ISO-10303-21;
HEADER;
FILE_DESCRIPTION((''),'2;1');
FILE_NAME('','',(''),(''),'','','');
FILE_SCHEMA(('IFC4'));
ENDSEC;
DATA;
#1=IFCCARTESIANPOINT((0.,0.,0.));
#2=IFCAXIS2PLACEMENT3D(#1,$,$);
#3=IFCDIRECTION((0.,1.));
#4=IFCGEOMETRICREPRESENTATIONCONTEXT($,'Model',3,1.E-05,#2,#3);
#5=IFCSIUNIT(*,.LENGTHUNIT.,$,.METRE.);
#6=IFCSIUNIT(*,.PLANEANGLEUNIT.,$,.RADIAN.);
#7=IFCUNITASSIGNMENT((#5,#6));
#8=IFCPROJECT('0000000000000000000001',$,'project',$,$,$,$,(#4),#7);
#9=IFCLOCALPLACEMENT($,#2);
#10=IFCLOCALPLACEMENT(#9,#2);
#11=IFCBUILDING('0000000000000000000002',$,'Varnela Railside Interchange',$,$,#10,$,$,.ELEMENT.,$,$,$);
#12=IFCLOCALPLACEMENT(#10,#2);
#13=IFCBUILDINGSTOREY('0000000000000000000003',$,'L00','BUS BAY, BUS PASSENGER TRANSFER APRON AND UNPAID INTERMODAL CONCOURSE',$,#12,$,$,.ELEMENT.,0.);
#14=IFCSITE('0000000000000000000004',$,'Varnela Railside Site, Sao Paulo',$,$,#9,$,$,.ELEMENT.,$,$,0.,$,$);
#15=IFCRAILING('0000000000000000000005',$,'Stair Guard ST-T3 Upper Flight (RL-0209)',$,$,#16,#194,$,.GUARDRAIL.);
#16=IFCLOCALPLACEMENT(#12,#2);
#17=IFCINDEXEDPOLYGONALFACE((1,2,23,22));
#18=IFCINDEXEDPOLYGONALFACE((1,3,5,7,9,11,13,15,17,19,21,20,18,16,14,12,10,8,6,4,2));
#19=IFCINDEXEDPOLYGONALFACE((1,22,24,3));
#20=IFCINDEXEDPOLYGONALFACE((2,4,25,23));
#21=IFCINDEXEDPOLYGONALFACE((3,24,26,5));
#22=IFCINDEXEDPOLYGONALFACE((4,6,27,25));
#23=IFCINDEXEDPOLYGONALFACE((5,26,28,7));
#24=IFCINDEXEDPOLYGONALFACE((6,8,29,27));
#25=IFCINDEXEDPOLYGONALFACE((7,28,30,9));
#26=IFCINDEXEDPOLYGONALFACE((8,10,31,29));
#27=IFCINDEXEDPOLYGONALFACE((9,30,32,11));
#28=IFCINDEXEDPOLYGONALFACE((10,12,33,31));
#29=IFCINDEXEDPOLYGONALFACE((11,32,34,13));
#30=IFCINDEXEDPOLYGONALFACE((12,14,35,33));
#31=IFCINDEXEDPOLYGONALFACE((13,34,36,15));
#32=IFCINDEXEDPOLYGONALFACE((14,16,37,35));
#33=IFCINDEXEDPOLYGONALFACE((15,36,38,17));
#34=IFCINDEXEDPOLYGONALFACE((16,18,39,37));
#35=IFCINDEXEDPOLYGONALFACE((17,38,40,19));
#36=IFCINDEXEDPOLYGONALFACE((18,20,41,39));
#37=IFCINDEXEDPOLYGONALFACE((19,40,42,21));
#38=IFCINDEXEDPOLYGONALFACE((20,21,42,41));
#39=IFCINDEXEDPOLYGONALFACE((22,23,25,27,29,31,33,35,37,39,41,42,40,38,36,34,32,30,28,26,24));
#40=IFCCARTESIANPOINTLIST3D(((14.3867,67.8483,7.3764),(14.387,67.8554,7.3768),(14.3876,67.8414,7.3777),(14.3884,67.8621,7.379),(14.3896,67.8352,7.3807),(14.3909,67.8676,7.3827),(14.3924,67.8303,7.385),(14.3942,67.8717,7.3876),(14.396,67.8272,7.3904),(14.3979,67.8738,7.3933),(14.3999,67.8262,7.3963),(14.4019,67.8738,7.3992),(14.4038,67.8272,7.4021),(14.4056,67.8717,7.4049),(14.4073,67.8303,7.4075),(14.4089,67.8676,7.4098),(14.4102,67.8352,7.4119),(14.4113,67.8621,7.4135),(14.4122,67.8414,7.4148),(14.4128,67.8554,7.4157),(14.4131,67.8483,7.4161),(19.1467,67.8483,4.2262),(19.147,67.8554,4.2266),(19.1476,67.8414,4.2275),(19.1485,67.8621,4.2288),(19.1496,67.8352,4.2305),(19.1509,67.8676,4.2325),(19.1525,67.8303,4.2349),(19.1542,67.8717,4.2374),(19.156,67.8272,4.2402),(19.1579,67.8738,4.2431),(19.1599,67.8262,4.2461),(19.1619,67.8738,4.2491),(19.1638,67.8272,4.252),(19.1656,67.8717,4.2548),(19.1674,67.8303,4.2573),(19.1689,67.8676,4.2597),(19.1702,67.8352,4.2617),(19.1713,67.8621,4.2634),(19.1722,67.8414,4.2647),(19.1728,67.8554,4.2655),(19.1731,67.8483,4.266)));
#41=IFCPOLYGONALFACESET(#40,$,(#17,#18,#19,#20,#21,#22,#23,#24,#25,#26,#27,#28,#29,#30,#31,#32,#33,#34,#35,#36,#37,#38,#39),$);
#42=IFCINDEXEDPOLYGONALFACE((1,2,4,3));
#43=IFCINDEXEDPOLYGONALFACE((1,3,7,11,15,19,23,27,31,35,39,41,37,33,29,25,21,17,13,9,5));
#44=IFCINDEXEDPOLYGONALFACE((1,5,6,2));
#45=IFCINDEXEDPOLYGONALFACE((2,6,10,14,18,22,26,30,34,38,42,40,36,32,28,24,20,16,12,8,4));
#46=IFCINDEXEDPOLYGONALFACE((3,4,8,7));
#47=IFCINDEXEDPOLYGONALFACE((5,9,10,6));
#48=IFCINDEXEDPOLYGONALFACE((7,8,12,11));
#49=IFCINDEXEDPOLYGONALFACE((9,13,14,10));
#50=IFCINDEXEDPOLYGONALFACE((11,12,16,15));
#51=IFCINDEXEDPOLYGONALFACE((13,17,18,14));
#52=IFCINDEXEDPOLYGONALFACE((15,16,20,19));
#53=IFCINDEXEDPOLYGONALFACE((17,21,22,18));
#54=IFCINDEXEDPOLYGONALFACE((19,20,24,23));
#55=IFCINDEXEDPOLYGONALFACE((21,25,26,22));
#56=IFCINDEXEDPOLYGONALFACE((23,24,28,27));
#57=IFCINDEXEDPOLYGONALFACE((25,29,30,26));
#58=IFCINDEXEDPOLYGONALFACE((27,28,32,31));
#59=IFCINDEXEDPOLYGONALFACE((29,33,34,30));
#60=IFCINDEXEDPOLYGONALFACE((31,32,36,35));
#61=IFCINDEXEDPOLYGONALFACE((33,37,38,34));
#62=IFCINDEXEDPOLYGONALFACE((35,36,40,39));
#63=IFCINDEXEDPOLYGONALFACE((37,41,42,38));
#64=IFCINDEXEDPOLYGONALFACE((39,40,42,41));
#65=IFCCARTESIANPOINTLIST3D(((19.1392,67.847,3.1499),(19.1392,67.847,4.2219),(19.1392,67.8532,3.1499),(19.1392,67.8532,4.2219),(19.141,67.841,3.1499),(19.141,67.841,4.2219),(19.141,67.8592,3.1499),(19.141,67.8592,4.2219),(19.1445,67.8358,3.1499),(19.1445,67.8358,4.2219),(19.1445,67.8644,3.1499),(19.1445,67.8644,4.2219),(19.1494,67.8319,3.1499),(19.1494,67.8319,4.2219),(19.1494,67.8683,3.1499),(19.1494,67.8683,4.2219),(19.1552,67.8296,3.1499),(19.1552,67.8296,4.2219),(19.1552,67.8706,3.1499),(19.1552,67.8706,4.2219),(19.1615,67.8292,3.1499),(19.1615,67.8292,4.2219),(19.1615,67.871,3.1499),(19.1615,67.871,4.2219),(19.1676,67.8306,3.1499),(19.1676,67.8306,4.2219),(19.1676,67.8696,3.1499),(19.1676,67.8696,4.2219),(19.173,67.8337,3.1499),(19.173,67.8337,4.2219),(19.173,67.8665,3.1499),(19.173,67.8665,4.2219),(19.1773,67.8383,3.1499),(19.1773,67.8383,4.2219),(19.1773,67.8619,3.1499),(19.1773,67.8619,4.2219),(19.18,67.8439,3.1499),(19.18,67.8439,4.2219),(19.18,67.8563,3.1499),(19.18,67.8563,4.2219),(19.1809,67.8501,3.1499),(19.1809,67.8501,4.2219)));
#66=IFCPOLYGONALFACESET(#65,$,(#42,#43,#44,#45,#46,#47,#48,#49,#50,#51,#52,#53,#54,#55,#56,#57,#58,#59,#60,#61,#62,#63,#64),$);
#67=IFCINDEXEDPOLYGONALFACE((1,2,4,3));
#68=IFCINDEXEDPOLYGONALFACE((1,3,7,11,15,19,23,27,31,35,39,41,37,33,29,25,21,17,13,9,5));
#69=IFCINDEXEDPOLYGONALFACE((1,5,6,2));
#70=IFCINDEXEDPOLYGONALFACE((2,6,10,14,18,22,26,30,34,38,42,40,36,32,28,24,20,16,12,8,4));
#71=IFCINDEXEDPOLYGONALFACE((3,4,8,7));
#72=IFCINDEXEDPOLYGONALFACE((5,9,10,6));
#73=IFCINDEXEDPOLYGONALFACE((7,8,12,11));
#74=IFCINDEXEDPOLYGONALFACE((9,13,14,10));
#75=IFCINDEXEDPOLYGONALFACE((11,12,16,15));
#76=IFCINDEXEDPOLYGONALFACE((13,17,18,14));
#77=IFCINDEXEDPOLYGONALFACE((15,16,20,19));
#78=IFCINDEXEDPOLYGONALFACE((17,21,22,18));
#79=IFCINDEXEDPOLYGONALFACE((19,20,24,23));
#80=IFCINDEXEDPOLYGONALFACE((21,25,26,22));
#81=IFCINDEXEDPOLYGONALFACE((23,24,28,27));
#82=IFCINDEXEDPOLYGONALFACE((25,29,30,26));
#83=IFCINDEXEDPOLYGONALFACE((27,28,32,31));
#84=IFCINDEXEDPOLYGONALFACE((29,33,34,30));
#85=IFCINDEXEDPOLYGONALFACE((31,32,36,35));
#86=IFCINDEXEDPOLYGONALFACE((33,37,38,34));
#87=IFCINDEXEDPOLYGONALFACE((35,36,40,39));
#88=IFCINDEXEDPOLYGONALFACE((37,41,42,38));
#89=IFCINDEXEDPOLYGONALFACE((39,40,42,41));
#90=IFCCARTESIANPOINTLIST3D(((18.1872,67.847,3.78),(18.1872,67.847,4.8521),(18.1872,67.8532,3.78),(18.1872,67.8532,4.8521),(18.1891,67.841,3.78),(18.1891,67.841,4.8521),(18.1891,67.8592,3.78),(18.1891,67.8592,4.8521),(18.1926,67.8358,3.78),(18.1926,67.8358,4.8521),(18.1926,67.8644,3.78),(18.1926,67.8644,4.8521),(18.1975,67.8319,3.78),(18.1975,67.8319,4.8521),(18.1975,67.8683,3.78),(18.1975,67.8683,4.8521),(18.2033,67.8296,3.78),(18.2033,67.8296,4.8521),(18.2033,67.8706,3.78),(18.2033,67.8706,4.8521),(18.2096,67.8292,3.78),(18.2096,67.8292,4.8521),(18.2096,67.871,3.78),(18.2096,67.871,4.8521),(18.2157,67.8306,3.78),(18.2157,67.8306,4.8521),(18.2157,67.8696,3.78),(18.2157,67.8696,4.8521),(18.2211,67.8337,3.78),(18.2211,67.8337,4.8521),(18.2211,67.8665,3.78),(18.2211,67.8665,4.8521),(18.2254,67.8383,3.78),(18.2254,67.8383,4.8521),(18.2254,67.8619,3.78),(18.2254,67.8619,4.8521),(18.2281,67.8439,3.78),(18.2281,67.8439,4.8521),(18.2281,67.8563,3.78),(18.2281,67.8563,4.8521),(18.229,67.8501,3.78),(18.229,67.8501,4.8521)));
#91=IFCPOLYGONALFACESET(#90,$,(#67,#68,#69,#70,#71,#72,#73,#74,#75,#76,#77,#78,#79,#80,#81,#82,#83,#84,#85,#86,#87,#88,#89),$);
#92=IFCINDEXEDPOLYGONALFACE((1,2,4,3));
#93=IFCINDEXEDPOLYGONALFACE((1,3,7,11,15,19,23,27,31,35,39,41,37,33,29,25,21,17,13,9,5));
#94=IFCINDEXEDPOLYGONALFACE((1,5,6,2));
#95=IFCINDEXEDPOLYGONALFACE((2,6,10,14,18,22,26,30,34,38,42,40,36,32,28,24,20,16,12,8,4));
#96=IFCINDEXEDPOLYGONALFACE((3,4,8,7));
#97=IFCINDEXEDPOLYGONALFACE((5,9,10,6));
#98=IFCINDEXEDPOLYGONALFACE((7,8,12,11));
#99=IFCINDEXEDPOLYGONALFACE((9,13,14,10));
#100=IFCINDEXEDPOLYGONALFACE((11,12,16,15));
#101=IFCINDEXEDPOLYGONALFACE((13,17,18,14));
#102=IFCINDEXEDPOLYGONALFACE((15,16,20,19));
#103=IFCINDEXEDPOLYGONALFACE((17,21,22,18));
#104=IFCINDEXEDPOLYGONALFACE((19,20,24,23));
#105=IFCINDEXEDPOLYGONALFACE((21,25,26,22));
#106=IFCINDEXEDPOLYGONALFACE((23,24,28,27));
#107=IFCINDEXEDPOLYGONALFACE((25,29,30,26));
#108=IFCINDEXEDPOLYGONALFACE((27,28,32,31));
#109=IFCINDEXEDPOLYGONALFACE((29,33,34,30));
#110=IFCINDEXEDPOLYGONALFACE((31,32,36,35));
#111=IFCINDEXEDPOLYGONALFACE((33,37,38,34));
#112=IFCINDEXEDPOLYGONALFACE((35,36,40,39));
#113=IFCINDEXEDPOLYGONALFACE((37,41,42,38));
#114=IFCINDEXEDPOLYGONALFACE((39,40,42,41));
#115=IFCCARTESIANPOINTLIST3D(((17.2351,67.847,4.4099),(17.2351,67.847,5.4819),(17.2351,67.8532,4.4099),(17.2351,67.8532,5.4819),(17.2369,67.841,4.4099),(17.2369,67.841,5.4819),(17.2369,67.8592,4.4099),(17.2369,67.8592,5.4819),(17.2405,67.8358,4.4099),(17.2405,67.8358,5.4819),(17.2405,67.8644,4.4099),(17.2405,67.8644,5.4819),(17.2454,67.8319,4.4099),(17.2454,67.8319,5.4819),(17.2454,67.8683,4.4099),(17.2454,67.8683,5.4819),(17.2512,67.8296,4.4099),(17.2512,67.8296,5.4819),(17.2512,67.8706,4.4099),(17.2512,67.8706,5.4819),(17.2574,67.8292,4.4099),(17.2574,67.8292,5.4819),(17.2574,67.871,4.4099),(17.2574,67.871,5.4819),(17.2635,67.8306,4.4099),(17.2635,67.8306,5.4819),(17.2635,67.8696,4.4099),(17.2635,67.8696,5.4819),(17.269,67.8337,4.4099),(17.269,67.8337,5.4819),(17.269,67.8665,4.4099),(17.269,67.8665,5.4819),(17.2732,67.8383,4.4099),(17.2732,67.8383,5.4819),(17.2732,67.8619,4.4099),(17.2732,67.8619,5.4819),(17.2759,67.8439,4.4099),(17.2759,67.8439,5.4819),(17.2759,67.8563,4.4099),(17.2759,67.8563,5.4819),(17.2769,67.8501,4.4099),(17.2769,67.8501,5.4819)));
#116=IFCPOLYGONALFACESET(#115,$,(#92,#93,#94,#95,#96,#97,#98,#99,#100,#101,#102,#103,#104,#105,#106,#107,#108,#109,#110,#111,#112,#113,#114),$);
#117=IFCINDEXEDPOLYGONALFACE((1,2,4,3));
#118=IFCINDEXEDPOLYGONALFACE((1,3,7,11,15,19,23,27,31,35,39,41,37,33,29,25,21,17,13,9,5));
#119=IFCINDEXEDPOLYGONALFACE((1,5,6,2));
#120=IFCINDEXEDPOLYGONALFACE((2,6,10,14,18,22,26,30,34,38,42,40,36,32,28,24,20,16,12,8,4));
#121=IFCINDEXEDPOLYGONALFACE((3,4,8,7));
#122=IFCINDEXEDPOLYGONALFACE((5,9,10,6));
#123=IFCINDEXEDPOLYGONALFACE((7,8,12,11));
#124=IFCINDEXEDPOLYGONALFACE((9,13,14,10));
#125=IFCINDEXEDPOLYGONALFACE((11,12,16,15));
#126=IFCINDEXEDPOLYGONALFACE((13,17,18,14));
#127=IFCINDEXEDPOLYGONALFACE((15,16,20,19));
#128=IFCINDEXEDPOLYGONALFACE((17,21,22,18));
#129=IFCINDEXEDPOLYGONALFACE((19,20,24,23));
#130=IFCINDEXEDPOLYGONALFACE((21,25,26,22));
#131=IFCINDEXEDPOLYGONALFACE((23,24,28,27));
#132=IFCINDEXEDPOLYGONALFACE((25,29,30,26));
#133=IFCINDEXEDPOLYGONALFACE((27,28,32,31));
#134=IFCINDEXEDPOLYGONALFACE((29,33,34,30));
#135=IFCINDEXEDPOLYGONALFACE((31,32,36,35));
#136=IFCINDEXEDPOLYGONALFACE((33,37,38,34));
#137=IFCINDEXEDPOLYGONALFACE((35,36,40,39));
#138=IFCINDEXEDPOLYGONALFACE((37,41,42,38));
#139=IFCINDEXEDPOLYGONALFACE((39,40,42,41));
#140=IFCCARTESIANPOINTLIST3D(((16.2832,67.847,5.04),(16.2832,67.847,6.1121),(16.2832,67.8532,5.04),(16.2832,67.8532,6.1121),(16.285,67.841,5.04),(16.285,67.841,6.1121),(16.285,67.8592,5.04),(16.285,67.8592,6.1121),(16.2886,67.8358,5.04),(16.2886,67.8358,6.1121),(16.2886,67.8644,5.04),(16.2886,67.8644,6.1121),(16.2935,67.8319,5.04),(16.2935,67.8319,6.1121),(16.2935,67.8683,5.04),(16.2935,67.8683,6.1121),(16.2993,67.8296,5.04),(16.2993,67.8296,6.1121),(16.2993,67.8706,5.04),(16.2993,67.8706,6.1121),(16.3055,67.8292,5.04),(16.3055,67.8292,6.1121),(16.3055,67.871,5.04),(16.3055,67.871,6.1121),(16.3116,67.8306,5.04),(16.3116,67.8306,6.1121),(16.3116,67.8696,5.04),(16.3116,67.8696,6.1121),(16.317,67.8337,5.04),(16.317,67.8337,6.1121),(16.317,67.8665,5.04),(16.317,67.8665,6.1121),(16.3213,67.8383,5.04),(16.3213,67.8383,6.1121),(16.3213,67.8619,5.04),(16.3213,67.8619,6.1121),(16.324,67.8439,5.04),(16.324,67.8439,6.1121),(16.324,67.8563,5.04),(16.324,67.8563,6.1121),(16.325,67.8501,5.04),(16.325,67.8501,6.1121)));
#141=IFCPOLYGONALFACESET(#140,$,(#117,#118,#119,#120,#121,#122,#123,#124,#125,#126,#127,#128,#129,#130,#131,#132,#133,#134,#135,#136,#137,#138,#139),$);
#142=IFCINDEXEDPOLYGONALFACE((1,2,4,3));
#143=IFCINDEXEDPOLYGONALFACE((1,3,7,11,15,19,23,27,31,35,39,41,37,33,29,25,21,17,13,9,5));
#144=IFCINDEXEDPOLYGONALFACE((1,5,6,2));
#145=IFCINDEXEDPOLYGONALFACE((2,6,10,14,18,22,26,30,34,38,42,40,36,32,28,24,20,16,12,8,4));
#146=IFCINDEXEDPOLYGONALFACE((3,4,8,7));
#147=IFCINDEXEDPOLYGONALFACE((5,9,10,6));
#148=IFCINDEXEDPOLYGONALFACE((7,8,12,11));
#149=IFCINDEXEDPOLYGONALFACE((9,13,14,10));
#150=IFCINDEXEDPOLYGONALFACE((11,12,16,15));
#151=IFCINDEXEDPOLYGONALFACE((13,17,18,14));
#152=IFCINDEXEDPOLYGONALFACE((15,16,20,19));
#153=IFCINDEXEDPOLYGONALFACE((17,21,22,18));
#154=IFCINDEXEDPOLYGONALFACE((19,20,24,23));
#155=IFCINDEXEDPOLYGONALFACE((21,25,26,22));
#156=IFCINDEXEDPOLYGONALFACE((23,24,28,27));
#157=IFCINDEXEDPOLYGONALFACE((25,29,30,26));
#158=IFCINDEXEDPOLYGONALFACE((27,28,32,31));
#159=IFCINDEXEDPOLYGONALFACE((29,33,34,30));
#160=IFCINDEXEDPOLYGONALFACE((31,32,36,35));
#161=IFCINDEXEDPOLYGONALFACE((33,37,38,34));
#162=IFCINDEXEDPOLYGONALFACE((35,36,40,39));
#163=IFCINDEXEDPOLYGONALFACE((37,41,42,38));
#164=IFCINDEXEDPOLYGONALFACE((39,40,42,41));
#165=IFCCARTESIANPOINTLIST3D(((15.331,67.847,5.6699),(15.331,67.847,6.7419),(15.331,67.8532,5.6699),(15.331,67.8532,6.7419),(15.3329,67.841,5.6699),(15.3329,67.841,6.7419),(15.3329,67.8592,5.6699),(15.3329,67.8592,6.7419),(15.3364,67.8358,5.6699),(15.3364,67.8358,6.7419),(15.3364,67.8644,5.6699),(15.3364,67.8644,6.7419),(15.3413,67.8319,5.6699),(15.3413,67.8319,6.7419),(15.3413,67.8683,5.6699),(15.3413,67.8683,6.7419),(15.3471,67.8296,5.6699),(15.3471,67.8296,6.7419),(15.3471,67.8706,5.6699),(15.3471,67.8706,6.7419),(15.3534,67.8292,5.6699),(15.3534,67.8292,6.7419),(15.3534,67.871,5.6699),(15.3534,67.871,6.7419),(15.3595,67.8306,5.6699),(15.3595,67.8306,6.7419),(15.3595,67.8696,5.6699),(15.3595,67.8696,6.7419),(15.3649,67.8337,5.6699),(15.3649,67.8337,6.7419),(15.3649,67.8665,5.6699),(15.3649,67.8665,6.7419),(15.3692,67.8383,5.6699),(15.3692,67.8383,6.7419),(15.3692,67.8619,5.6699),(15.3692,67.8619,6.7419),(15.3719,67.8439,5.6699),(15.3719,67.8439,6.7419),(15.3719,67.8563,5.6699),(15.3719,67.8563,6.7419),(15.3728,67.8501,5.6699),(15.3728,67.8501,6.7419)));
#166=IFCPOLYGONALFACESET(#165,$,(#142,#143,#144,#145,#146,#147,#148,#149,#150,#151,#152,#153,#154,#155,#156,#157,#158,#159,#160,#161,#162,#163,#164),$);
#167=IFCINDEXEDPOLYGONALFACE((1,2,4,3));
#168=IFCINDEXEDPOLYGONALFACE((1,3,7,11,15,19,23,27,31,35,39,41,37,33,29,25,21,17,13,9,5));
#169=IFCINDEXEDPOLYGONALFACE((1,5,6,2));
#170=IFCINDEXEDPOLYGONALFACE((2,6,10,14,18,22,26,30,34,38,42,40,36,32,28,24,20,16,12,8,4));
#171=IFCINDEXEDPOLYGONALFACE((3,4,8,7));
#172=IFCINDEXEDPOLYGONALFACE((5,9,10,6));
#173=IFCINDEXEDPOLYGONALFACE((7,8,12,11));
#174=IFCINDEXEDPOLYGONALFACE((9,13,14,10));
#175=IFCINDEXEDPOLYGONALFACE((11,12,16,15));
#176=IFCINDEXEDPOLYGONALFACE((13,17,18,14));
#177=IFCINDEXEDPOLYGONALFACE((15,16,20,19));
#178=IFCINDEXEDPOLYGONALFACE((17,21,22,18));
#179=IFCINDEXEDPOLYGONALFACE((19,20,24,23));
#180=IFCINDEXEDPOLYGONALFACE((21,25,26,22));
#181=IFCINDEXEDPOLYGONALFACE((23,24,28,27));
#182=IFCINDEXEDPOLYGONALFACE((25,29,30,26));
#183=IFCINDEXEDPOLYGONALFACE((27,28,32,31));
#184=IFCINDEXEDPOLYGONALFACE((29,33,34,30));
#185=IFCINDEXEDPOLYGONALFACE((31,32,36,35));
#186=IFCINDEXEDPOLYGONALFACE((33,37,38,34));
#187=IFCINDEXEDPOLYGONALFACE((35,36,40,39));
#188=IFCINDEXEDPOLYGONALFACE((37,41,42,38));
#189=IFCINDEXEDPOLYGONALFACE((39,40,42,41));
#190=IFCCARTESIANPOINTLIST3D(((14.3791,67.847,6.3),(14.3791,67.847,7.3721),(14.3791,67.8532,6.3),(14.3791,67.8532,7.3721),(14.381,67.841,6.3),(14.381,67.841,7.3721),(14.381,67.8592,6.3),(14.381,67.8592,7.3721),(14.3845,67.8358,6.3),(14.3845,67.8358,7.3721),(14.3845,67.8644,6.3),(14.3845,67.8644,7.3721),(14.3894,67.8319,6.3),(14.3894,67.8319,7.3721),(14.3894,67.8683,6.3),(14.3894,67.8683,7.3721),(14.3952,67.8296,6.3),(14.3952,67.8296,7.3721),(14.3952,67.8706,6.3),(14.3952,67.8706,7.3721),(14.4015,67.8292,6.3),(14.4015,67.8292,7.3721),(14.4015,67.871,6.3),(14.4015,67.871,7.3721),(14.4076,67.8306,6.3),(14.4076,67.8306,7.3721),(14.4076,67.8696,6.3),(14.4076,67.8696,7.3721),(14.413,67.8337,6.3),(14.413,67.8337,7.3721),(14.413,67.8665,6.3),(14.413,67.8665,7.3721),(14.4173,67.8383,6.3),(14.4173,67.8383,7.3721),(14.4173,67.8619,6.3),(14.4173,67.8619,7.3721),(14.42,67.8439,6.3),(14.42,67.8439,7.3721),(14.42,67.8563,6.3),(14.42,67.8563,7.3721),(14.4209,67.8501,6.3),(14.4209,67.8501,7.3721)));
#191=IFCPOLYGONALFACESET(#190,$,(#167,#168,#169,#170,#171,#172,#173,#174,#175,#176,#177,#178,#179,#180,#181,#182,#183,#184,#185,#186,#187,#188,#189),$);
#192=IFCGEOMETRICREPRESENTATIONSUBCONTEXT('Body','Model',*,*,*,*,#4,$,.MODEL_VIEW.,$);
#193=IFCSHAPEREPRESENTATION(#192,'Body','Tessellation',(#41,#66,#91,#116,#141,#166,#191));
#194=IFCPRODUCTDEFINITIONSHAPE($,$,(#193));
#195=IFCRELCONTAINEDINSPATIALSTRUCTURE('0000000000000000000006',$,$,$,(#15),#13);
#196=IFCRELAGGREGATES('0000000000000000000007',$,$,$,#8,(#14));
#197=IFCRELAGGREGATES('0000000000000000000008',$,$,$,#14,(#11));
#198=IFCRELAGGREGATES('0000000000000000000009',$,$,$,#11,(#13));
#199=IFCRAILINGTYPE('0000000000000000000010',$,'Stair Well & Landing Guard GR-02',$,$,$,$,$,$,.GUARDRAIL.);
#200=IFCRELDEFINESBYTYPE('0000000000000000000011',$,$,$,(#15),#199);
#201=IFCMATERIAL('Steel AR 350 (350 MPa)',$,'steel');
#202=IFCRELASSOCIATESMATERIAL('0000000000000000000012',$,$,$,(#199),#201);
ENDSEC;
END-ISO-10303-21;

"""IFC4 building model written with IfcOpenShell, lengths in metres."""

from ifc_helpers import new_model, si_unit, direction, frame, origin, origin_2d, place, context, subcontext, project, spatial, circle, extrude, material, type_object, element, save


model = new_model("IFC4")

# Units and contexts
model_context = context("Model", 3, precision=1e-05, world=origin(), true_north=direction((0.0, 1.0)))
body_context = subcontext(model_context, "Body", "Model", "MODEL_VIEW")
ifc_project = project(units=[si_unit("LENGTHUNIT", "METRE"), si_unit("PLANEANGLEUNIT", "RADIAN")], contexts=[model_context])

# Site, building, storey
site_placement = place(None, origin())
site = spatial("IfcSite", under=ifc_project, at=site_placement, Name="Varnela Railside Site, Sao Paulo", CompositionType="ELEMENT", RefElevation=0.0)
building_placement = place(site_placement, origin())
building = spatial("IfcBuilding", under=site, at=building_placement, Name="Varnela Railside Interchange", CompositionType="ELEMENT")
storey_placement = place(building_placement, origin())
storey = spatial("IfcBuildingStorey", under=building, at=storey_placement, Name="L00", Description="BUS BAY, BUS PASSENGER TRANSFER APRON AND UNPAID INTERMODAL CONCOURSE", CompositionType="ELEMENT", Elevation=0.0)

# Shared definitions
ifc_material_1 = material(Name="Steel AR 350 (350 MPa)", Category="steel")

# Railing
railing_type_1 = type_object("IfcRailingType", Name="Stair Well & Landing Guard GR-02", PredefinedType="GUARDRAIL", material=ifc_material_1)
railing_1_placement = place(storey_placement, frame((19.1599, 67.8501, 3.1499)))
element("IfcRailing", 1, at=railing_1_placement, inside=storey, type_object=railing_type_1, Name="Stair Guard ST-T3 Upper Flight (RL-0209)", PredefinedType="GUARDRAIL", context=body_context, shape_type="SweptSolid", body=[
    extrude(circle(Radius=0.0239, at=origin_2d()), frame((0.0, 0.0, 1.0962), z_axis=(-0.833921, 0.0, 0.551884), x_axis=(0.0, -1.0, 0.0)), (0.0, 0.0, 1.0), 5.708),
    extrude(circle(Radius=0.021, at=origin_2d()), origin(), (0.0, 0.0, 1.0), 1.072),
    extrude(circle(Radius=0.021, at=origin_2d()), frame((-0.9519, 0.0, 0.6301)), (0.0, 0.0, 1.0), 1.072),
    extrude(circle(Radius=0.021, at=origin_2d()), frame((-1.9041, 0.0, 1.26)), (0.0, 0.0, 1.0), 1.072),
    extrude(circle(Radius=0.021, at=origin_2d()), frame((-2.856, 0.0, 1.8901)), (0.0, 0.0, 1.0), 1.072),
    extrude(circle(Radius=0.021, at=origin_2d()), frame((-3.8081, 0.0, 2.52)), (0.0, 0.0, 1.0), 1.072),
    extrude(circle(Radius=0.021, at=origin_2d()), frame((-4.76, 0.0, 3.1501)), (0.0, 0.0, 1.0), 1.072),
])

save(model, "model.ifc")
